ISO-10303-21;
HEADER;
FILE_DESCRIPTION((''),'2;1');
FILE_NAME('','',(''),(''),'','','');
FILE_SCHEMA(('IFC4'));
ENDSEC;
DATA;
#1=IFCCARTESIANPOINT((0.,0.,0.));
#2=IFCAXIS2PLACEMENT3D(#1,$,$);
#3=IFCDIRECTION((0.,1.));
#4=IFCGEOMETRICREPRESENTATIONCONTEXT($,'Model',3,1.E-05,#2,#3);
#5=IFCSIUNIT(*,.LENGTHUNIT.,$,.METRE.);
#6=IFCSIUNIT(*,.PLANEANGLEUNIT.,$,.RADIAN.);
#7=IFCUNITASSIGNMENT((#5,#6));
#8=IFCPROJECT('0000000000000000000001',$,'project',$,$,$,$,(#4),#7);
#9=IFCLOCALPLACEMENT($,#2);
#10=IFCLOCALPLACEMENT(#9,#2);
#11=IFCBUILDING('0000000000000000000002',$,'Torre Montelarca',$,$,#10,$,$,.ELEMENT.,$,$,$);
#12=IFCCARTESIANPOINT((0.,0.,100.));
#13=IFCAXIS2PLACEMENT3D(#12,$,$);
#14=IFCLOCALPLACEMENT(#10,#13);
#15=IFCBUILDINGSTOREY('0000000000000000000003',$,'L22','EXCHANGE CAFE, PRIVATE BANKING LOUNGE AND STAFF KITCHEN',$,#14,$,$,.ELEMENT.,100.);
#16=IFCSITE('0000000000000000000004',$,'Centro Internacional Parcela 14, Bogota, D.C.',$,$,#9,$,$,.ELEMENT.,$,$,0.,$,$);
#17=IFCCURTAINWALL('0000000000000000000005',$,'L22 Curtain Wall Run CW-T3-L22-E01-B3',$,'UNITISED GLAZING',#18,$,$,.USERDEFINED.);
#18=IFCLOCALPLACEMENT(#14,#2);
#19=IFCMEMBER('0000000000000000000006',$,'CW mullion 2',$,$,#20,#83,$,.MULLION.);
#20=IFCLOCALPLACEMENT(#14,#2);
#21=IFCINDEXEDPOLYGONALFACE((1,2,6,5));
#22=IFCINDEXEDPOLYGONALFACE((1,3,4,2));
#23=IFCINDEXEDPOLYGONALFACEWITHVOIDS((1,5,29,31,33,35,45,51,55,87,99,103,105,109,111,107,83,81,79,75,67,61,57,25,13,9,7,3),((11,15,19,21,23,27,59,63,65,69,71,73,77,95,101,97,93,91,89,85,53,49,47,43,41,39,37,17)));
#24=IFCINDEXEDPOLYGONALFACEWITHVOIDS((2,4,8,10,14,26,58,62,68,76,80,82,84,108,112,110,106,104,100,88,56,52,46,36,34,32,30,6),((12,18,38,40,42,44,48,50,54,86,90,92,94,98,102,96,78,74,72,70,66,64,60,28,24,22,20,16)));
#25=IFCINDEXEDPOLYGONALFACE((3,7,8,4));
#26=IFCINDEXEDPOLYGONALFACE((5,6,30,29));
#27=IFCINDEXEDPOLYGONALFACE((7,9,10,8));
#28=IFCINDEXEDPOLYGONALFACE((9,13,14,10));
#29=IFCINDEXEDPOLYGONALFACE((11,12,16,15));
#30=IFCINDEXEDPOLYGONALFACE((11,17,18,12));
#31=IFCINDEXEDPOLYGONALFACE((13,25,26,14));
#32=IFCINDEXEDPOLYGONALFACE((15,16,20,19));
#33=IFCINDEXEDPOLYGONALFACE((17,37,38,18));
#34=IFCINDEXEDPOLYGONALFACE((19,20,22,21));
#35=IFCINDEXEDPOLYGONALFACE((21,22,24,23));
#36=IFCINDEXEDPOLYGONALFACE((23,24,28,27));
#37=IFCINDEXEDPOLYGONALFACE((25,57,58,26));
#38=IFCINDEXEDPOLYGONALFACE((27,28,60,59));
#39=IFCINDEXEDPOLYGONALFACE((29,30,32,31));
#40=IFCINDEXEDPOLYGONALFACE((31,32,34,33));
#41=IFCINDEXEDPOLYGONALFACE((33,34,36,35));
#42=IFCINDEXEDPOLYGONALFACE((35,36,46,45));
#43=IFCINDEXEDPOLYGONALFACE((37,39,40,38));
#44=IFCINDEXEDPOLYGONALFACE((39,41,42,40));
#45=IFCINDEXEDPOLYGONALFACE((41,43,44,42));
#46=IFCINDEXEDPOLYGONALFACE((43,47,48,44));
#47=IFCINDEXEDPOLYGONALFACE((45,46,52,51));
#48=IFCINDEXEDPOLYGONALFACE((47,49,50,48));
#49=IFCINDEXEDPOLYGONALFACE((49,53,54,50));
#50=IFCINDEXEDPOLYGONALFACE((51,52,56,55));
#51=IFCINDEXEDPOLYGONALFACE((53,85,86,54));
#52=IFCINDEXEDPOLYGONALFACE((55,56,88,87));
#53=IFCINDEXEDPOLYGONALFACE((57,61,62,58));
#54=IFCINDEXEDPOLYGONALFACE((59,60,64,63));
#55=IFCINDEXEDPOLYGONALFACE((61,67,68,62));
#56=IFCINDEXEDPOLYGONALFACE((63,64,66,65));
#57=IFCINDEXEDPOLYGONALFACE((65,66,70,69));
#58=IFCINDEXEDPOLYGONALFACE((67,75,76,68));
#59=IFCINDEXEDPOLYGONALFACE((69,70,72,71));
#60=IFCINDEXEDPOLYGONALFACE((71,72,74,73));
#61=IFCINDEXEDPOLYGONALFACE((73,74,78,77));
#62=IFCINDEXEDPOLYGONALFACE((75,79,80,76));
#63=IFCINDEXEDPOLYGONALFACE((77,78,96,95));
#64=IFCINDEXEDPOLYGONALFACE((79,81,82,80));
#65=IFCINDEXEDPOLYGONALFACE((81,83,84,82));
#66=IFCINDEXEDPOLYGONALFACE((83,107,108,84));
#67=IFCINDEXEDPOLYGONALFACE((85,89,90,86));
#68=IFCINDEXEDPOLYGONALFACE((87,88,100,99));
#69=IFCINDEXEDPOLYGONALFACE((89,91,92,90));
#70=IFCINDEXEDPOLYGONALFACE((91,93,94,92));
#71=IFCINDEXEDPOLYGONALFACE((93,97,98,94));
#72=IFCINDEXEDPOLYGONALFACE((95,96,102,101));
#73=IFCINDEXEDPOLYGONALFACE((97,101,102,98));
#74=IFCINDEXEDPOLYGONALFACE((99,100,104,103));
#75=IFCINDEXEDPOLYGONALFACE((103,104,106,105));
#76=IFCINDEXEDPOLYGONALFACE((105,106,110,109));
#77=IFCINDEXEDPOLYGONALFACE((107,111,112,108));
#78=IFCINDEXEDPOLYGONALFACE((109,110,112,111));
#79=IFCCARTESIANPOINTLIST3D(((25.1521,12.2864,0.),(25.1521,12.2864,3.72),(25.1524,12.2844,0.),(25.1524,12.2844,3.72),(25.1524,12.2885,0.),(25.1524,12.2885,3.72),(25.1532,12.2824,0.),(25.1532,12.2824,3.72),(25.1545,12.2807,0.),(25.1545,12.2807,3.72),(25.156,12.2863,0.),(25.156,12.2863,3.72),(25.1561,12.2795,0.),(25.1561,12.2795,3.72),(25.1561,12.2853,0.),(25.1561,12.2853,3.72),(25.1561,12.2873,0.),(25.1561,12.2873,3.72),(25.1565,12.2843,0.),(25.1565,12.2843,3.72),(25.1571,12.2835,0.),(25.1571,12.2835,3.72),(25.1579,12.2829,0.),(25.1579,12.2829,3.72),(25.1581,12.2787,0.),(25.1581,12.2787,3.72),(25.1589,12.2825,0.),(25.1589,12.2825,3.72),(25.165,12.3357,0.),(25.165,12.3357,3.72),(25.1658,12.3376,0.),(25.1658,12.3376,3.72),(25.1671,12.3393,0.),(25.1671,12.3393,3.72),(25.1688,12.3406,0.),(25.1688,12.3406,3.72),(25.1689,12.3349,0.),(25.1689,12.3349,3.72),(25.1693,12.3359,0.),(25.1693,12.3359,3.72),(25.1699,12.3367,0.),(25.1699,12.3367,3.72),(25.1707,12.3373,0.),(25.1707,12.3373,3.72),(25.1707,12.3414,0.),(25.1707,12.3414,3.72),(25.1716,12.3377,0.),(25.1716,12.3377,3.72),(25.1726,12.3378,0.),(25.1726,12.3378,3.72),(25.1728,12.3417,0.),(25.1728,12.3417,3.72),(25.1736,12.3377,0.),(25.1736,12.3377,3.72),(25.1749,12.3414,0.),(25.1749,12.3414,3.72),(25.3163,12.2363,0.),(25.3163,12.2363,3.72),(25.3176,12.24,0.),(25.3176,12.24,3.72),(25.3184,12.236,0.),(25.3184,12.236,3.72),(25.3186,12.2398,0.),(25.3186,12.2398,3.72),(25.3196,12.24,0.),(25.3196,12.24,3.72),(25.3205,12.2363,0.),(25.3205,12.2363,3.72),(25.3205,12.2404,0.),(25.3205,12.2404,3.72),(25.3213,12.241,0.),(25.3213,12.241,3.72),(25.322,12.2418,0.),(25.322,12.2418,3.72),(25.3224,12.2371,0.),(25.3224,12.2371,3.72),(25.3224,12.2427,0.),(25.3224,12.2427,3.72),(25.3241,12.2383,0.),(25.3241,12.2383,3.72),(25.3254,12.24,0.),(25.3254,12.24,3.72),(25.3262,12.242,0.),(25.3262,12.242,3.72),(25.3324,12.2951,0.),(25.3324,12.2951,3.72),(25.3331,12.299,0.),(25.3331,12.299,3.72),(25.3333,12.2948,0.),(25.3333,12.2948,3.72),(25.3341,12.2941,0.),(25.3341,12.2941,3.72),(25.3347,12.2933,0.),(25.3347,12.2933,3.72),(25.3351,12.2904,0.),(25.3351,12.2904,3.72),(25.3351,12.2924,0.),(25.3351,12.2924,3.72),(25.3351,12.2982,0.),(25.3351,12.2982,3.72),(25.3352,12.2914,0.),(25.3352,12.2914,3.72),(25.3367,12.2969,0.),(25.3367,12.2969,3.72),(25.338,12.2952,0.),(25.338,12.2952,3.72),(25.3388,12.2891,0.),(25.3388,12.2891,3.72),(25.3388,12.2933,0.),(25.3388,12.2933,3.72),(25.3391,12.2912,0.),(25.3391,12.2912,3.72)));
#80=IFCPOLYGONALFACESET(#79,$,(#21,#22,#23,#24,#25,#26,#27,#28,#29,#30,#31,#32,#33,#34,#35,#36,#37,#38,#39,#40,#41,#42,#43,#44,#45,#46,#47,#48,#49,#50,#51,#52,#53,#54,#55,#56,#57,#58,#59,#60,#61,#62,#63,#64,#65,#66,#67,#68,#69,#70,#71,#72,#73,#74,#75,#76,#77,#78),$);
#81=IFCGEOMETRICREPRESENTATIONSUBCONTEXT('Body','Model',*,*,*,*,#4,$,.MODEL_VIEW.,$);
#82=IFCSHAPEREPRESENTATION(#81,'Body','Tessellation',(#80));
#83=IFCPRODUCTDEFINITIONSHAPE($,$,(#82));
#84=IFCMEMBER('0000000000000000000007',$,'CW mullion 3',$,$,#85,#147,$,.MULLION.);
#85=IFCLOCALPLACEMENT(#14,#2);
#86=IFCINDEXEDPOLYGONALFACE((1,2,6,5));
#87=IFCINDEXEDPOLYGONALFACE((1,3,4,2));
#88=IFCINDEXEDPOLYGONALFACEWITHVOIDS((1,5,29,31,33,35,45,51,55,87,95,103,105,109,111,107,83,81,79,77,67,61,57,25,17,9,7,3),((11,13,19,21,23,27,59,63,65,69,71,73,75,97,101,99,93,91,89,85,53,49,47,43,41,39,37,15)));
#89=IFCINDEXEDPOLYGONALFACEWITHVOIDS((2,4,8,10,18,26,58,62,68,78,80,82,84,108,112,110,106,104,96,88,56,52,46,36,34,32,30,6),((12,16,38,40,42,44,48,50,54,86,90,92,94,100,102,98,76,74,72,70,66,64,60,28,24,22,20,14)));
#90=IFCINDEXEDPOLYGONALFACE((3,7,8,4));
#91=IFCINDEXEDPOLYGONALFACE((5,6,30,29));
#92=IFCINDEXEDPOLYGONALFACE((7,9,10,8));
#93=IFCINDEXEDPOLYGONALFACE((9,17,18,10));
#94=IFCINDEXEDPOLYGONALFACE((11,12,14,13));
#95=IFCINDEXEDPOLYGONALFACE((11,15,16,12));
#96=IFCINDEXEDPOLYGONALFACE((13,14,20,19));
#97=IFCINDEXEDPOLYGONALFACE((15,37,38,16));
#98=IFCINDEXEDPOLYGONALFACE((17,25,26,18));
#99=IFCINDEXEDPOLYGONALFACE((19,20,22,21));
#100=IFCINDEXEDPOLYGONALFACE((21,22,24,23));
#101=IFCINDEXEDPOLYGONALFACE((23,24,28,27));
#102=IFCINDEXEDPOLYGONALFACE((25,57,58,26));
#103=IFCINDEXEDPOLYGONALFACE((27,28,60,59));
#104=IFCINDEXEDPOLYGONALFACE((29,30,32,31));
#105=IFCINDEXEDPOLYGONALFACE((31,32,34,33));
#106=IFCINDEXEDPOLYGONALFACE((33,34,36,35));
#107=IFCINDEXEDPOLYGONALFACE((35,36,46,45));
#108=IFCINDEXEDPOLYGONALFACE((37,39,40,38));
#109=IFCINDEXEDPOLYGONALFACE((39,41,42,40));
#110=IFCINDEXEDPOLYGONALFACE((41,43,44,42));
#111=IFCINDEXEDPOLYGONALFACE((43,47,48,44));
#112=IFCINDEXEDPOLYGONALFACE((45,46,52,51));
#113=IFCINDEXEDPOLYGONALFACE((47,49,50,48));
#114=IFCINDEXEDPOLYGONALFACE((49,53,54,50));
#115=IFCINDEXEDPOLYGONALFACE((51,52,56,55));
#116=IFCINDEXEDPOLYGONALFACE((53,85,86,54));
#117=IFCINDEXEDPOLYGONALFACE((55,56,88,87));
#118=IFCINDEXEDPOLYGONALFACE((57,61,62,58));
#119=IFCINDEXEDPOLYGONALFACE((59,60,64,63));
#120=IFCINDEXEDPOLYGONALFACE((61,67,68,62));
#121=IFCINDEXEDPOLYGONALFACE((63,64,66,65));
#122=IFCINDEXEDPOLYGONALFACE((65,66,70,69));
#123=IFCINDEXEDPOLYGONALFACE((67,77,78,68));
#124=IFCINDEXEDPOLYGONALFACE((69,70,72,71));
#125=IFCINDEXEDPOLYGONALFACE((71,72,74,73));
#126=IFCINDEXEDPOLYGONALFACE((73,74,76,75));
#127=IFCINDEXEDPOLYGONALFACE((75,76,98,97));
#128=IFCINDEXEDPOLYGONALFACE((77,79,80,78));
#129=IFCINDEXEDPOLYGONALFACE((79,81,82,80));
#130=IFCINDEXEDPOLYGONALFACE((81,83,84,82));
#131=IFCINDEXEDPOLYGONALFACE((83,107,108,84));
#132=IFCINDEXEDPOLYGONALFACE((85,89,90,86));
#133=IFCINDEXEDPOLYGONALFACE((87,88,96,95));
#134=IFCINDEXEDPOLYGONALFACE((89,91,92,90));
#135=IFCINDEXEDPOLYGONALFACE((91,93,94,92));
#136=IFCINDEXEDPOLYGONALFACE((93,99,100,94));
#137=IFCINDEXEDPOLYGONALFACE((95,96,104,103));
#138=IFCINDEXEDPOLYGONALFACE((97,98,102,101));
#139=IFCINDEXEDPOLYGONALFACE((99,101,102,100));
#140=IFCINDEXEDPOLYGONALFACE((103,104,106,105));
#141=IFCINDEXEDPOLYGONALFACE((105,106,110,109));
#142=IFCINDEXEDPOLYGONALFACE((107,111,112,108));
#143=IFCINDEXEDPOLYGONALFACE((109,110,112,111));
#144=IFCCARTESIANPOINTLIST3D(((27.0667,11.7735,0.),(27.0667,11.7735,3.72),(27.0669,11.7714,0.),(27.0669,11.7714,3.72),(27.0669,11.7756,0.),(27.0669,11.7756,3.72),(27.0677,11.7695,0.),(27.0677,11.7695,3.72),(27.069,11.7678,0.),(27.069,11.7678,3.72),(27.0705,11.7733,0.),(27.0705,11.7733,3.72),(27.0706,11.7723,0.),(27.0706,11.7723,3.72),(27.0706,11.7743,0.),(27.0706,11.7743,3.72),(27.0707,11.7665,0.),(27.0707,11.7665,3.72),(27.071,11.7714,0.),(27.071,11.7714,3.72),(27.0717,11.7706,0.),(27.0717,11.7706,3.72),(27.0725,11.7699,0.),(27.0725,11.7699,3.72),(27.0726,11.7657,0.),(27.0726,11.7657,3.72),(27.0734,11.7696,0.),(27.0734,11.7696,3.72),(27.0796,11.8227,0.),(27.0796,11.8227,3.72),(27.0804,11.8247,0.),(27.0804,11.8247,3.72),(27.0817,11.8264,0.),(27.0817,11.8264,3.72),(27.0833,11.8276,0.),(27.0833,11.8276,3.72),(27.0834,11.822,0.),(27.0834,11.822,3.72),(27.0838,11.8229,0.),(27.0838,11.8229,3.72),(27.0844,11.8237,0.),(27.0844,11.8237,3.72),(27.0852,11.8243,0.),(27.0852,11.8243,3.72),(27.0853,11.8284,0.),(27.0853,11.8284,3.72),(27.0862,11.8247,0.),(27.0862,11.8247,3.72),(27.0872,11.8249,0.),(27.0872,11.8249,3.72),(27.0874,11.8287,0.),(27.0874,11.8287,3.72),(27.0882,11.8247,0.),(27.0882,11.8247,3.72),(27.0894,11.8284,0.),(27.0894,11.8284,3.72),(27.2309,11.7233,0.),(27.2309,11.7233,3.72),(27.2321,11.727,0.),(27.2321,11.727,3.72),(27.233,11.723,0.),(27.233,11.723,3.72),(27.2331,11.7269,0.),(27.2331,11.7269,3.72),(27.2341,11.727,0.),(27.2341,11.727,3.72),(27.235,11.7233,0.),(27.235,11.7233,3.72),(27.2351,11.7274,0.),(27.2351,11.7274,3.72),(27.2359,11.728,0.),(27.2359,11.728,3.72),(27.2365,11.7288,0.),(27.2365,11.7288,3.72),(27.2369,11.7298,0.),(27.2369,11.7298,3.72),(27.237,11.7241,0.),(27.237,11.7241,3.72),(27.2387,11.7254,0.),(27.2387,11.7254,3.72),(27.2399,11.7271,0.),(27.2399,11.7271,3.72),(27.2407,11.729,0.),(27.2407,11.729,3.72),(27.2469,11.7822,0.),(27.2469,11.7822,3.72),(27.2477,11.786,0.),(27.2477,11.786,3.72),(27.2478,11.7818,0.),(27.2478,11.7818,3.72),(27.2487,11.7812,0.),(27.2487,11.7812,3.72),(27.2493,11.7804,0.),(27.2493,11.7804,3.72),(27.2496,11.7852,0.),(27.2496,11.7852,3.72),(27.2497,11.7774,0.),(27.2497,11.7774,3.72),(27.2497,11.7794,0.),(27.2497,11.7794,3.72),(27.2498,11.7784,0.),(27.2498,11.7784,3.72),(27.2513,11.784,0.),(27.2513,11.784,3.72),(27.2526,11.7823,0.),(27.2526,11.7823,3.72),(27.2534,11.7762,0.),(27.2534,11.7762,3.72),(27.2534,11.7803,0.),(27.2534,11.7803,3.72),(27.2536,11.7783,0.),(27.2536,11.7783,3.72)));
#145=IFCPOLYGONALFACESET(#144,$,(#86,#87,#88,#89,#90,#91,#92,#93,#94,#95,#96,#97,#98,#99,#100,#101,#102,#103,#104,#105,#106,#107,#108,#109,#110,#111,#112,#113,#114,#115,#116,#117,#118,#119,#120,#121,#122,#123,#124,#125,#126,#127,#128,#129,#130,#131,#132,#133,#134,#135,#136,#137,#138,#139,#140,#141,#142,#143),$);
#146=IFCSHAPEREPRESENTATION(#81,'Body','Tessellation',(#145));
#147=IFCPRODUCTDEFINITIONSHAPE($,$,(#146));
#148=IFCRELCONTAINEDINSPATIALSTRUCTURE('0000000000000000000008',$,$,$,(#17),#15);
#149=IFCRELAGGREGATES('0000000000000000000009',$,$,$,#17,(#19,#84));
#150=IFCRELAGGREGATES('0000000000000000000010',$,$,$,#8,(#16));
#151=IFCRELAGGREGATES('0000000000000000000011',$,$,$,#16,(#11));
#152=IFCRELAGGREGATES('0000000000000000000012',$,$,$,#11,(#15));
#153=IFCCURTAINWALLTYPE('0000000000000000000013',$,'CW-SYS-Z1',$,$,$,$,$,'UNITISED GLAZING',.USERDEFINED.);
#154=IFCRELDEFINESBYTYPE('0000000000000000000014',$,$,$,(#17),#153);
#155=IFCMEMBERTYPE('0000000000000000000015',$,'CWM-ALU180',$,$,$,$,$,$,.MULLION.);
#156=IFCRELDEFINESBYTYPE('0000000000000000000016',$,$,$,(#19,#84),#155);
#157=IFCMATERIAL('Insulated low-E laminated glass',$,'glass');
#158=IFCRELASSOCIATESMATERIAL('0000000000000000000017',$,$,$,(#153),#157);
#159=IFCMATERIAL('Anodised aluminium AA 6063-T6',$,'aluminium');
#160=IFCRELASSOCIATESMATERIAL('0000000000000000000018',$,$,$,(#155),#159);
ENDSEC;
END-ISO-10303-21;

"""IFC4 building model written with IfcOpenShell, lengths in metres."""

from ifc_helpers import new_model, si_unit, direction, frame, origin, origin_2d, place, context, subcontext, project, spatial, hollow_rectangle, extrude, source, transform, mapped, material, material_profile, profile_set, type_object, element, aggregate, save


model = new_model("IFC4")

# Units and contexts
model_context = context("Model", 3, precision=1e-05, world=origin(), true_north=direction((0.0, 1.0)))
body_context = subcontext(model_context, "Body", "Model", "MODEL_VIEW")
ifc_project = project(units=[si_unit("LENGTHUNIT", "METRE"), si_unit("PLANEANGLEUNIT", "RADIAN")], contexts=[model_context])

# Site, building, storey
site_placement = place(None, origin())
site = spatial("IfcSite", under=ifc_project, at=site_placement, Name="Centro Internacional Parcela 14, Bogota, D.C.", CompositionType="ELEMENT", RefElevation=0.0)
building_placement = place(site_placement, origin())
building = spatial("IfcBuilding", under=site, at=building_placement, Name="Torre Montelarca", CompositionType="ELEMENT")
storey_placement = place(building_placement, frame((0.0, 0.0, 100.0)))
storey = spatial("IfcBuildingStorey", under=building, at=storey_placement, Name="L22", Description="EXCHANGE CAFE, PRIVATE BANKING LOUNGE AND STAFF KITCHEN", CompositionType="ELEMENT", Elevation=100.0)

# Curtain wall
ifc_material_1 = material(Name="Insulated low-E laminated glass", Category="glass")
curtain_wall_type = type_object("IfcCurtainWallType", Name="CW-SYS-Z1", ElementType="UNITISED GLAZING", PredefinedType="USERDEFINED", material=ifc_material_1)
curtain_wall_1_placement = place(storey_placement, origin())
curtain_wall_1 = element("IfcCurtainWall", 1, at=curtain_wall_1_placement, inside=storey, type_object=curtain_wall_type, Name="L22 Curtain Wall Run CW-T3-L22-E01-B3", ObjectType="UNITISED GLAZING", PredefinedType="USERDEFINED")
ifc_material_2 = material(Name="Anodised aluminium AA 6063-T6", Category="aluminium")

# Members
ifc_material_profile_1 = material_profile(ifc_material_2, hollow_rectangle(XDim=0.0649, YDim=0.1799, WallThickness=0.0039, InnerFilletRadius=0.0039, OuterFilletRadius=0.0081, at=origin_2d()), Name="ALU65X180X4", Category="aluminium")
ifc_profile_set_1 = profile_set([ifc_material_profile_1], Name="Anodised aluminium AA 6063-T6")
member_type_1 = type_object("IfcMemberType", Name="CWM-ALU180", PredefinedType="MULLION", material=ifc_profile_set_1)
shared_shape_1 = source(origin(), body_context, "Body", "SweptSolid", [
    extrude(hollow_rectangle(XDim=0.0649, YDim=0.1799, WallThickness=0.0039, InnerFilletRadius=0.0039, OuterFilletRadius=0.0081, at=origin_2d()), origin(), (0.0, 0.0, 1.0), 3.72),
])
member_1_placement = place(storey_placement, frame((25.2456, 12.2888, 0.0), z_axis=(0.0, 0.0, 1.0), x_axis=(0.258818, 0.965926, 0.0)))
member_1 = element("IfcMember", 2, at=member_1_placement, type_object=member_type_1, Name="CW mullion 2", PredefinedType="MULLION", context=body_context, shape_type="MappedRepresentation", body=[
    mapped(shared_shape_1, transform((0.0, 0.0, 0.0), scale=1.0)),
])
member_2_placement = place(storey_placement, frame((27.1602, 11.7759, 0.0), z_axis=(0.0, 0.0, 1.0), x_axis=(0.258818, 0.965926, 0.0)))
member_2 = element("IfcMember", 3, at=member_2_placement, type_object=member_type_1, Name="CW mullion 3", PredefinedType="MULLION", context=body_context, shape_type="MappedRepresentation", body=[
    mapped(shared_shape_1, transform((0.0, 0.0, 0.0), scale=1.0)),
])

aggregate(curtain_wall_1, [member_1, member_2])

save(model, "model.ifc")
